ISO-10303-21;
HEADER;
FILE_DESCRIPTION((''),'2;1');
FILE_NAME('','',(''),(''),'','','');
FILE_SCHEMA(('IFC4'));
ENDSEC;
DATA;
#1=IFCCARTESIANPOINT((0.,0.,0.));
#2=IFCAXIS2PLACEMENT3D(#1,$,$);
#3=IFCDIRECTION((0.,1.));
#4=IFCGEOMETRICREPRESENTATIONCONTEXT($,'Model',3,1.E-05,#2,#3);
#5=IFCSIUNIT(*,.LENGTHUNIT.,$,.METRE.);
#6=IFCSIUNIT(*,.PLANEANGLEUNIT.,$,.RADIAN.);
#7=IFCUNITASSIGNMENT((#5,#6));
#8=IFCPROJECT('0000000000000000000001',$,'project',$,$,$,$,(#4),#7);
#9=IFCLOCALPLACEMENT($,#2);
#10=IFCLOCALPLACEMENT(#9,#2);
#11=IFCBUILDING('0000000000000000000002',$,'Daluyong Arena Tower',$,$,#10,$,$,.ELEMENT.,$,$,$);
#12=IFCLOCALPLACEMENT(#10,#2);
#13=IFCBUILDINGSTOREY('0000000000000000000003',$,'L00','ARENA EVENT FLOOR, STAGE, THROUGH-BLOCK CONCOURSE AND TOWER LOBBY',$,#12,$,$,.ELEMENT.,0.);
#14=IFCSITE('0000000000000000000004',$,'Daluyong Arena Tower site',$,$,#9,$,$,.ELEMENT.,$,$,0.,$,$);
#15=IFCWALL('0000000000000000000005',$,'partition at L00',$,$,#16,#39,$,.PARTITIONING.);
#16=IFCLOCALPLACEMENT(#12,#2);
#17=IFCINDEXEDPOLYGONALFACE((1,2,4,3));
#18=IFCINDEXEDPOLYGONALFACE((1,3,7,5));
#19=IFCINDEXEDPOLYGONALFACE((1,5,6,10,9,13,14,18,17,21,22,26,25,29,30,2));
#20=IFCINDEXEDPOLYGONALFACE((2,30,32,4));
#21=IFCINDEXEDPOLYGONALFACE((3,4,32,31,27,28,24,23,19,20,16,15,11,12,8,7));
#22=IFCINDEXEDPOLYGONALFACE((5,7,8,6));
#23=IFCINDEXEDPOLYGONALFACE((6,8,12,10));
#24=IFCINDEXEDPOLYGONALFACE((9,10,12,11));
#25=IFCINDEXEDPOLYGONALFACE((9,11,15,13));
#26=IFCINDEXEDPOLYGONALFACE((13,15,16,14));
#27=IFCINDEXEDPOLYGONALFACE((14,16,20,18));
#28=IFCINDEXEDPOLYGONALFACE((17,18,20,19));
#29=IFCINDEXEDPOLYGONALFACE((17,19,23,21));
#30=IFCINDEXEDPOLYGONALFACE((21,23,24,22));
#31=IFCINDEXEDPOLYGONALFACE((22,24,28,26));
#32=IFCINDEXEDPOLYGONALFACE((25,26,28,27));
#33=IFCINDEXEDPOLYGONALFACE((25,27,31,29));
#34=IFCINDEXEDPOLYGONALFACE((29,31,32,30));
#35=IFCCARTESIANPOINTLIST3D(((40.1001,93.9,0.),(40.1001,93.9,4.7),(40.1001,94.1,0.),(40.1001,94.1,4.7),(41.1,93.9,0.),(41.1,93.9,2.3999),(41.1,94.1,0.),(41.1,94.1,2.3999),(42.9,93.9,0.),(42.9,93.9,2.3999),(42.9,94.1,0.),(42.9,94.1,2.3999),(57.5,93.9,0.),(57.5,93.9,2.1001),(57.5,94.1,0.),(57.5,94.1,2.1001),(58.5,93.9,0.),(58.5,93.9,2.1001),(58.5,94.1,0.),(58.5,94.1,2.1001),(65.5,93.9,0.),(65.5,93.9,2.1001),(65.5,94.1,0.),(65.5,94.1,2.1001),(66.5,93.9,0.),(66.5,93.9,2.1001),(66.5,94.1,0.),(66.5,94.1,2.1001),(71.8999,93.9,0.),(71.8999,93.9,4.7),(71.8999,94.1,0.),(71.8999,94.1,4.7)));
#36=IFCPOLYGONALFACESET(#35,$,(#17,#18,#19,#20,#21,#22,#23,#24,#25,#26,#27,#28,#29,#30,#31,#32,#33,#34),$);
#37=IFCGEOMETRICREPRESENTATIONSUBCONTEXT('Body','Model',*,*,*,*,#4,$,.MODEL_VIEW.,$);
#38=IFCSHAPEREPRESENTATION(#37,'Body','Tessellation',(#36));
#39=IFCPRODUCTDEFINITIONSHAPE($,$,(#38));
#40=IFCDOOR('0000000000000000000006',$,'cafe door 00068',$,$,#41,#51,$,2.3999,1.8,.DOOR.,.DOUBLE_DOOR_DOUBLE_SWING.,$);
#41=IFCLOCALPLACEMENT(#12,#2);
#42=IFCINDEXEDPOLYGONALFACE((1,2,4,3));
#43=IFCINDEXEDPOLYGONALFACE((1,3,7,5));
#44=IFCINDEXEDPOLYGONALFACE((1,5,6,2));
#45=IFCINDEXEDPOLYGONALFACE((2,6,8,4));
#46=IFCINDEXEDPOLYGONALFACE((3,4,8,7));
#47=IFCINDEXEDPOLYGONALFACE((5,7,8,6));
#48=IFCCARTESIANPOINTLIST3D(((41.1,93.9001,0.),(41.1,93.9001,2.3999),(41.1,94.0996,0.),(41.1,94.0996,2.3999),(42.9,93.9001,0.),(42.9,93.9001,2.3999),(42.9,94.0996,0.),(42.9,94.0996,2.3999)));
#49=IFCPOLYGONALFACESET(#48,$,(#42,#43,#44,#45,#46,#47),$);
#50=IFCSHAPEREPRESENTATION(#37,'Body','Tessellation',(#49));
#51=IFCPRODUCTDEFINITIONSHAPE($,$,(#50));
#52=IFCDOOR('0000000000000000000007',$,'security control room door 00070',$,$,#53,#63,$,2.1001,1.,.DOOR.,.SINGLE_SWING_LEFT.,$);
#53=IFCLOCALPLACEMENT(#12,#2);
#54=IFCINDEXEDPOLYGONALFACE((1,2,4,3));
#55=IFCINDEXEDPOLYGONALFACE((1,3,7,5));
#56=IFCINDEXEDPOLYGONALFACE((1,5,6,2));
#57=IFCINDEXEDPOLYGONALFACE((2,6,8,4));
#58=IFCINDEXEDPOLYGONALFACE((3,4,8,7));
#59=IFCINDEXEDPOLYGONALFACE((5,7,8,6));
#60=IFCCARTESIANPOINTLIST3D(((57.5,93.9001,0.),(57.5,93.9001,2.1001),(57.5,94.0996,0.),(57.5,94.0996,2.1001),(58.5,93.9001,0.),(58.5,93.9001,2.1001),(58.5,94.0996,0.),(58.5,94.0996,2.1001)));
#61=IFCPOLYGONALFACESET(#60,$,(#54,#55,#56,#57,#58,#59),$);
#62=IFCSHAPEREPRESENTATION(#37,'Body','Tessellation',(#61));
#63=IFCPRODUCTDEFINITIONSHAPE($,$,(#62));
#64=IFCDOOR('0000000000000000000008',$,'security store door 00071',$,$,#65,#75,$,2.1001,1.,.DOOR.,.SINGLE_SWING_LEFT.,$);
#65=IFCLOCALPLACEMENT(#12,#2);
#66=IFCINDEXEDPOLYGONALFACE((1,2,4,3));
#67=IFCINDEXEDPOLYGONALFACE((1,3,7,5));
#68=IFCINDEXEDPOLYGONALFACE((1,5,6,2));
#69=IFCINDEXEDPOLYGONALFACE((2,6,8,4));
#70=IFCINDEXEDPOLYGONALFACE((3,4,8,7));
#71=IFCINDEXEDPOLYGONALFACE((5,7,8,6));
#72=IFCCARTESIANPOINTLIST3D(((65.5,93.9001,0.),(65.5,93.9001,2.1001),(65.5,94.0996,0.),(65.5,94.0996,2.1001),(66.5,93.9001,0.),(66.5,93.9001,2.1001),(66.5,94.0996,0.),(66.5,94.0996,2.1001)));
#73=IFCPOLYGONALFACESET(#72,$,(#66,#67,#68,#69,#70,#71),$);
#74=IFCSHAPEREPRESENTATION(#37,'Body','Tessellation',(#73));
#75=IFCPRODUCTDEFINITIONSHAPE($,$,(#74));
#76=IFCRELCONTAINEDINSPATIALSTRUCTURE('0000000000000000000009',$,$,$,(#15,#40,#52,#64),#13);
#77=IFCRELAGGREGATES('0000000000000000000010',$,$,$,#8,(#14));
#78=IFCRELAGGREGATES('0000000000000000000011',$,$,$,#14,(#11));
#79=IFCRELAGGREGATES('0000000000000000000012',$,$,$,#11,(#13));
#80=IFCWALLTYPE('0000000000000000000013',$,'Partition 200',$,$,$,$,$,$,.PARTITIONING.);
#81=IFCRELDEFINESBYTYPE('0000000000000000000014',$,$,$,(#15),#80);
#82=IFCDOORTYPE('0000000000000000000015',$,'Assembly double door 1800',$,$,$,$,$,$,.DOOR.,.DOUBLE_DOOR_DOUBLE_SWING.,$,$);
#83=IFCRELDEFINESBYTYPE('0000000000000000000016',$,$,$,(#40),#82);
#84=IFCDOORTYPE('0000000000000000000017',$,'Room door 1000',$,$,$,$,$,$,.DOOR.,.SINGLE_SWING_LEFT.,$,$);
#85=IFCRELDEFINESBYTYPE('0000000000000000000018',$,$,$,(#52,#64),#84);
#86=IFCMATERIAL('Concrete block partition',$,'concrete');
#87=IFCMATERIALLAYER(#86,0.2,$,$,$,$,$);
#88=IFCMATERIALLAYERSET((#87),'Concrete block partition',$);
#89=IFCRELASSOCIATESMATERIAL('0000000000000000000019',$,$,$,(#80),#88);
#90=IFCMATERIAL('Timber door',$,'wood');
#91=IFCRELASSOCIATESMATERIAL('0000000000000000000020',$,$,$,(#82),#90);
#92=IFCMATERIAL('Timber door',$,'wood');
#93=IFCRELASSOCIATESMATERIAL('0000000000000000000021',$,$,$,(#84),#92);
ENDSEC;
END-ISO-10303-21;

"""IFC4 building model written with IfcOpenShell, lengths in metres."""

from ifc_helpers import new_model, si_unit, direction, frame, frame_2d, origin, place, context, subcontext, project, spatial, rectangle, extrude, material, layer, layer_set, type_object, element, fill, save


model = new_model("IFC4")

# Units and contexts
model_context = context("Model", 3, precision=1e-05, world=origin(), true_north=direction((0.0, 1.0)))
body_context = subcontext(model_context, "Body", "Model", "MODEL_VIEW")
ifc_project = project(units=[si_unit("LENGTHUNIT", "METRE"), si_unit("PLANEANGLEUNIT", "RADIAN")], contexts=[model_context])

# Site, building, storey
site_placement = place(None, origin())
site = spatial("IfcSite", under=ifc_project, at=site_placement, Name="Daluyong Arena Tower site", CompositionType="ELEMENT", RefElevation=0.0)
building_placement = place(site_placement, origin())
building = spatial("IfcBuilding", under=site, at=building_placement, Name="Daluyong Arena Tower", CompositionType="ELEMENT")
storey_placement = place(building_placement, origin())
storey = spatial("IfcBuildingStorey", under=building, at=storey_placement, Name="L00", Description="ARENA EVENT FLOOR, STAGE, THROUGH-BLOCK CONCOURSE AND TOWER LOBBY", CompositionType="ELEMENT", Elevation=0.0)

# Wall, openings, doors
ifc_material_1 = material(Name="Concrete block partition", Category="concrete")
ifc_layer_1 = layer(ifc_material_1, 0.2)
ifc_layer_set_1 = layer_set([ifc_layer_1], Name="Concrete block partition")
wall_type_1 = type_object("IfcWallType", Name="Partition 200", PredefinedType="PARTITIONING", material=ifc_layer_set_1)
wall_1_placement = place(storey_placement, frame((40.1001, 94.0, 0.0), z_axis=(0.0, 0.0, 1.0), x_axis=(1.0, 0.0, 0.0)))
wall_1 = element("IfcWall", 1, at=wall_1_placement, inside=storey, type_object=wall_type_1, Name="partition at L00", PredefinedType="PARTITIONING", context=body_context, shape_type="SweptSolid", body=[
    extrude(rectangle(XDim=31.7998, YDim=0.2, at=frame_2d((15.8999, 0.0))), origin(), (0.0, 0.0, 1.0), 4.7),
])
opening_1_placement = place(wall_1_placement, frame((1.0, 0.0, 0.0)))
opening_1 = element("IfcOpeningElement", 2, at=opening_1_placement, cuts=wall_1, PredefinedType="OPENING", context=body_context, shape_type="SweptSolid", body=[
    extrude(rectangle(XDim=1.8, YDim=2.3999, at=frame_2d((0.8999, 1.2))), frame((0.0, 0.1099, 0.0), z_axis=(0.0, -1.0, 0.0), x_axis=(1.0, 0.0, 0.0)), (0.0, 0.0, 1.0), 0.22),
])
opening_2_placement = place(wall_1_placement, frame((17.3999, 0.0, 0.0)))
opening_2 = element("IfcOpeningElement", 3, at=opening_2_placement, cuts=wall_1, PredefinedType="OPENING", context=body_context, shape_type="SweptSolid", body=[
    extrude(rectangle(XDim=1.0, YDim=2.1001, at=frame_2d((0.5, 1.05))), frame((0.0, 0.1099, 0.0), z_axis=(0.0, -1.0, 0.0), x_axis=(1.0, 0.0, 0.0)), (0.0, 0.0, 1.0), 0.22),
])
opening_3_placement = place(wall_1_placement, frame((25.3999, 0.0, 0.0)))
opening_3 = element("IfcOpeningElement", 4, at=opening_3_placement, cuts=wall_1, PredefinedType="OPENING", context=body_context, shape_type="SweptSolid", body=[
    extrude(rectangle(XDim=1.0, YDim=2.1001, at=frame_2d((0.5, 1.05))), frame((0.0, 0.1099, 0.0), z_axis=(0.0, -1.0, 0.0), x_axis=(1.0, 0.0, 0.0)), (0.0, 0.0, 1.0), 0.22),
])
ifc_material_2 = material(Name="Timber door", Category="wood")
door_type_1 = type_object("IfcDoorType", Name="Assembly double door 1800", OperationType="DOUBLE_DOOR_DOUBLE_SWING", PredefinedType="DOOR", material=ifc_material_2)
door_1_placement = place(opening_1_placement, origin())
door_1 = element("IfcDoor", 5, at=door_1_placement, inside=storey, type_object=door_type_1, Name="cafe door 00068", OperationType="DOUBLE_DOOR_DOUBLE_SWING", OverallHeight=2.3999, OverallWidth=1.8, PredefinedType="DOOR", context=body_context, shape_type="SweptSolid", body=[
    extrude(rectangle(XDim=1.8, YDim=2.3999, at=frame_2d((0.8999, 1.2))), frame((0.0, 0.0996, 0.0), z_axis=(0.0, -1.0, 0.0), x_axis=(1.0, 0.0, 0.0)), (0.0, 0.0, 1.0), 0.1995),
])
fill(opening_1, door_1)
ifc_material_3 = material(Name="Timber door", Category="wood")
door_type_2 = type_object("IfcDoorType", Name="Room door 1000", OperationType="SINGLE_SWING_LEFT", PredefinedType="DOOR", material=ifc_material_3)
door_2_placement = place(opening_2_placement, origin())
door_2 = element("IfcDoor", 6, at=door_2_placement, inside=storey, type_object=door_type_2, Name="security control room door 00070", OperationType="SINGLE_SWING_LEFT", OverallHeight=2.1001, OverallWidth=1.0, PredefinedType="DOOR", context=body_context, shape_type="SweptSolid", body=[
    extrude(rectangle(XDim=1.0, YDim=2.1001, at=frame_2d((0.5, 1.05))), frame((0.0, 0.0996, 0.0), z_axis=(0.0, -1.0, 0.0), x_axis=(1.0, 0.0, 0.0)), (0.0, 0.0, 1.0), 0.1995),
])
fill(opening_2, door_2)
door_3_placement = place(opening_3_placement, origin())
door_3 = element("IfcDoor", 7, at=door_3_placement, inside=storey, type_object=door_type_2, Name="security store door 00071", OperationType="SINGLE_SWING_LEFT", OverallHeight=2.1001, OverallWidth=1.0, PredefinedType="DOOR", context=body_context, shape_type="SweptSolid", body=[
    extrude(rectangle(XDim=1.0, YDim=2.1001, at=frame_2d((0.5, 1.05))), frame((0.0, 0.0996, 0.0), z_axis=(0.0, -1.0, 0.0), x_axis=(1.0, 0.0, 0.0)), (0.0, 0.0, 1.0), 0.1995),
])
fill(opening_3, door_3)

save(model, "model.ifc")
